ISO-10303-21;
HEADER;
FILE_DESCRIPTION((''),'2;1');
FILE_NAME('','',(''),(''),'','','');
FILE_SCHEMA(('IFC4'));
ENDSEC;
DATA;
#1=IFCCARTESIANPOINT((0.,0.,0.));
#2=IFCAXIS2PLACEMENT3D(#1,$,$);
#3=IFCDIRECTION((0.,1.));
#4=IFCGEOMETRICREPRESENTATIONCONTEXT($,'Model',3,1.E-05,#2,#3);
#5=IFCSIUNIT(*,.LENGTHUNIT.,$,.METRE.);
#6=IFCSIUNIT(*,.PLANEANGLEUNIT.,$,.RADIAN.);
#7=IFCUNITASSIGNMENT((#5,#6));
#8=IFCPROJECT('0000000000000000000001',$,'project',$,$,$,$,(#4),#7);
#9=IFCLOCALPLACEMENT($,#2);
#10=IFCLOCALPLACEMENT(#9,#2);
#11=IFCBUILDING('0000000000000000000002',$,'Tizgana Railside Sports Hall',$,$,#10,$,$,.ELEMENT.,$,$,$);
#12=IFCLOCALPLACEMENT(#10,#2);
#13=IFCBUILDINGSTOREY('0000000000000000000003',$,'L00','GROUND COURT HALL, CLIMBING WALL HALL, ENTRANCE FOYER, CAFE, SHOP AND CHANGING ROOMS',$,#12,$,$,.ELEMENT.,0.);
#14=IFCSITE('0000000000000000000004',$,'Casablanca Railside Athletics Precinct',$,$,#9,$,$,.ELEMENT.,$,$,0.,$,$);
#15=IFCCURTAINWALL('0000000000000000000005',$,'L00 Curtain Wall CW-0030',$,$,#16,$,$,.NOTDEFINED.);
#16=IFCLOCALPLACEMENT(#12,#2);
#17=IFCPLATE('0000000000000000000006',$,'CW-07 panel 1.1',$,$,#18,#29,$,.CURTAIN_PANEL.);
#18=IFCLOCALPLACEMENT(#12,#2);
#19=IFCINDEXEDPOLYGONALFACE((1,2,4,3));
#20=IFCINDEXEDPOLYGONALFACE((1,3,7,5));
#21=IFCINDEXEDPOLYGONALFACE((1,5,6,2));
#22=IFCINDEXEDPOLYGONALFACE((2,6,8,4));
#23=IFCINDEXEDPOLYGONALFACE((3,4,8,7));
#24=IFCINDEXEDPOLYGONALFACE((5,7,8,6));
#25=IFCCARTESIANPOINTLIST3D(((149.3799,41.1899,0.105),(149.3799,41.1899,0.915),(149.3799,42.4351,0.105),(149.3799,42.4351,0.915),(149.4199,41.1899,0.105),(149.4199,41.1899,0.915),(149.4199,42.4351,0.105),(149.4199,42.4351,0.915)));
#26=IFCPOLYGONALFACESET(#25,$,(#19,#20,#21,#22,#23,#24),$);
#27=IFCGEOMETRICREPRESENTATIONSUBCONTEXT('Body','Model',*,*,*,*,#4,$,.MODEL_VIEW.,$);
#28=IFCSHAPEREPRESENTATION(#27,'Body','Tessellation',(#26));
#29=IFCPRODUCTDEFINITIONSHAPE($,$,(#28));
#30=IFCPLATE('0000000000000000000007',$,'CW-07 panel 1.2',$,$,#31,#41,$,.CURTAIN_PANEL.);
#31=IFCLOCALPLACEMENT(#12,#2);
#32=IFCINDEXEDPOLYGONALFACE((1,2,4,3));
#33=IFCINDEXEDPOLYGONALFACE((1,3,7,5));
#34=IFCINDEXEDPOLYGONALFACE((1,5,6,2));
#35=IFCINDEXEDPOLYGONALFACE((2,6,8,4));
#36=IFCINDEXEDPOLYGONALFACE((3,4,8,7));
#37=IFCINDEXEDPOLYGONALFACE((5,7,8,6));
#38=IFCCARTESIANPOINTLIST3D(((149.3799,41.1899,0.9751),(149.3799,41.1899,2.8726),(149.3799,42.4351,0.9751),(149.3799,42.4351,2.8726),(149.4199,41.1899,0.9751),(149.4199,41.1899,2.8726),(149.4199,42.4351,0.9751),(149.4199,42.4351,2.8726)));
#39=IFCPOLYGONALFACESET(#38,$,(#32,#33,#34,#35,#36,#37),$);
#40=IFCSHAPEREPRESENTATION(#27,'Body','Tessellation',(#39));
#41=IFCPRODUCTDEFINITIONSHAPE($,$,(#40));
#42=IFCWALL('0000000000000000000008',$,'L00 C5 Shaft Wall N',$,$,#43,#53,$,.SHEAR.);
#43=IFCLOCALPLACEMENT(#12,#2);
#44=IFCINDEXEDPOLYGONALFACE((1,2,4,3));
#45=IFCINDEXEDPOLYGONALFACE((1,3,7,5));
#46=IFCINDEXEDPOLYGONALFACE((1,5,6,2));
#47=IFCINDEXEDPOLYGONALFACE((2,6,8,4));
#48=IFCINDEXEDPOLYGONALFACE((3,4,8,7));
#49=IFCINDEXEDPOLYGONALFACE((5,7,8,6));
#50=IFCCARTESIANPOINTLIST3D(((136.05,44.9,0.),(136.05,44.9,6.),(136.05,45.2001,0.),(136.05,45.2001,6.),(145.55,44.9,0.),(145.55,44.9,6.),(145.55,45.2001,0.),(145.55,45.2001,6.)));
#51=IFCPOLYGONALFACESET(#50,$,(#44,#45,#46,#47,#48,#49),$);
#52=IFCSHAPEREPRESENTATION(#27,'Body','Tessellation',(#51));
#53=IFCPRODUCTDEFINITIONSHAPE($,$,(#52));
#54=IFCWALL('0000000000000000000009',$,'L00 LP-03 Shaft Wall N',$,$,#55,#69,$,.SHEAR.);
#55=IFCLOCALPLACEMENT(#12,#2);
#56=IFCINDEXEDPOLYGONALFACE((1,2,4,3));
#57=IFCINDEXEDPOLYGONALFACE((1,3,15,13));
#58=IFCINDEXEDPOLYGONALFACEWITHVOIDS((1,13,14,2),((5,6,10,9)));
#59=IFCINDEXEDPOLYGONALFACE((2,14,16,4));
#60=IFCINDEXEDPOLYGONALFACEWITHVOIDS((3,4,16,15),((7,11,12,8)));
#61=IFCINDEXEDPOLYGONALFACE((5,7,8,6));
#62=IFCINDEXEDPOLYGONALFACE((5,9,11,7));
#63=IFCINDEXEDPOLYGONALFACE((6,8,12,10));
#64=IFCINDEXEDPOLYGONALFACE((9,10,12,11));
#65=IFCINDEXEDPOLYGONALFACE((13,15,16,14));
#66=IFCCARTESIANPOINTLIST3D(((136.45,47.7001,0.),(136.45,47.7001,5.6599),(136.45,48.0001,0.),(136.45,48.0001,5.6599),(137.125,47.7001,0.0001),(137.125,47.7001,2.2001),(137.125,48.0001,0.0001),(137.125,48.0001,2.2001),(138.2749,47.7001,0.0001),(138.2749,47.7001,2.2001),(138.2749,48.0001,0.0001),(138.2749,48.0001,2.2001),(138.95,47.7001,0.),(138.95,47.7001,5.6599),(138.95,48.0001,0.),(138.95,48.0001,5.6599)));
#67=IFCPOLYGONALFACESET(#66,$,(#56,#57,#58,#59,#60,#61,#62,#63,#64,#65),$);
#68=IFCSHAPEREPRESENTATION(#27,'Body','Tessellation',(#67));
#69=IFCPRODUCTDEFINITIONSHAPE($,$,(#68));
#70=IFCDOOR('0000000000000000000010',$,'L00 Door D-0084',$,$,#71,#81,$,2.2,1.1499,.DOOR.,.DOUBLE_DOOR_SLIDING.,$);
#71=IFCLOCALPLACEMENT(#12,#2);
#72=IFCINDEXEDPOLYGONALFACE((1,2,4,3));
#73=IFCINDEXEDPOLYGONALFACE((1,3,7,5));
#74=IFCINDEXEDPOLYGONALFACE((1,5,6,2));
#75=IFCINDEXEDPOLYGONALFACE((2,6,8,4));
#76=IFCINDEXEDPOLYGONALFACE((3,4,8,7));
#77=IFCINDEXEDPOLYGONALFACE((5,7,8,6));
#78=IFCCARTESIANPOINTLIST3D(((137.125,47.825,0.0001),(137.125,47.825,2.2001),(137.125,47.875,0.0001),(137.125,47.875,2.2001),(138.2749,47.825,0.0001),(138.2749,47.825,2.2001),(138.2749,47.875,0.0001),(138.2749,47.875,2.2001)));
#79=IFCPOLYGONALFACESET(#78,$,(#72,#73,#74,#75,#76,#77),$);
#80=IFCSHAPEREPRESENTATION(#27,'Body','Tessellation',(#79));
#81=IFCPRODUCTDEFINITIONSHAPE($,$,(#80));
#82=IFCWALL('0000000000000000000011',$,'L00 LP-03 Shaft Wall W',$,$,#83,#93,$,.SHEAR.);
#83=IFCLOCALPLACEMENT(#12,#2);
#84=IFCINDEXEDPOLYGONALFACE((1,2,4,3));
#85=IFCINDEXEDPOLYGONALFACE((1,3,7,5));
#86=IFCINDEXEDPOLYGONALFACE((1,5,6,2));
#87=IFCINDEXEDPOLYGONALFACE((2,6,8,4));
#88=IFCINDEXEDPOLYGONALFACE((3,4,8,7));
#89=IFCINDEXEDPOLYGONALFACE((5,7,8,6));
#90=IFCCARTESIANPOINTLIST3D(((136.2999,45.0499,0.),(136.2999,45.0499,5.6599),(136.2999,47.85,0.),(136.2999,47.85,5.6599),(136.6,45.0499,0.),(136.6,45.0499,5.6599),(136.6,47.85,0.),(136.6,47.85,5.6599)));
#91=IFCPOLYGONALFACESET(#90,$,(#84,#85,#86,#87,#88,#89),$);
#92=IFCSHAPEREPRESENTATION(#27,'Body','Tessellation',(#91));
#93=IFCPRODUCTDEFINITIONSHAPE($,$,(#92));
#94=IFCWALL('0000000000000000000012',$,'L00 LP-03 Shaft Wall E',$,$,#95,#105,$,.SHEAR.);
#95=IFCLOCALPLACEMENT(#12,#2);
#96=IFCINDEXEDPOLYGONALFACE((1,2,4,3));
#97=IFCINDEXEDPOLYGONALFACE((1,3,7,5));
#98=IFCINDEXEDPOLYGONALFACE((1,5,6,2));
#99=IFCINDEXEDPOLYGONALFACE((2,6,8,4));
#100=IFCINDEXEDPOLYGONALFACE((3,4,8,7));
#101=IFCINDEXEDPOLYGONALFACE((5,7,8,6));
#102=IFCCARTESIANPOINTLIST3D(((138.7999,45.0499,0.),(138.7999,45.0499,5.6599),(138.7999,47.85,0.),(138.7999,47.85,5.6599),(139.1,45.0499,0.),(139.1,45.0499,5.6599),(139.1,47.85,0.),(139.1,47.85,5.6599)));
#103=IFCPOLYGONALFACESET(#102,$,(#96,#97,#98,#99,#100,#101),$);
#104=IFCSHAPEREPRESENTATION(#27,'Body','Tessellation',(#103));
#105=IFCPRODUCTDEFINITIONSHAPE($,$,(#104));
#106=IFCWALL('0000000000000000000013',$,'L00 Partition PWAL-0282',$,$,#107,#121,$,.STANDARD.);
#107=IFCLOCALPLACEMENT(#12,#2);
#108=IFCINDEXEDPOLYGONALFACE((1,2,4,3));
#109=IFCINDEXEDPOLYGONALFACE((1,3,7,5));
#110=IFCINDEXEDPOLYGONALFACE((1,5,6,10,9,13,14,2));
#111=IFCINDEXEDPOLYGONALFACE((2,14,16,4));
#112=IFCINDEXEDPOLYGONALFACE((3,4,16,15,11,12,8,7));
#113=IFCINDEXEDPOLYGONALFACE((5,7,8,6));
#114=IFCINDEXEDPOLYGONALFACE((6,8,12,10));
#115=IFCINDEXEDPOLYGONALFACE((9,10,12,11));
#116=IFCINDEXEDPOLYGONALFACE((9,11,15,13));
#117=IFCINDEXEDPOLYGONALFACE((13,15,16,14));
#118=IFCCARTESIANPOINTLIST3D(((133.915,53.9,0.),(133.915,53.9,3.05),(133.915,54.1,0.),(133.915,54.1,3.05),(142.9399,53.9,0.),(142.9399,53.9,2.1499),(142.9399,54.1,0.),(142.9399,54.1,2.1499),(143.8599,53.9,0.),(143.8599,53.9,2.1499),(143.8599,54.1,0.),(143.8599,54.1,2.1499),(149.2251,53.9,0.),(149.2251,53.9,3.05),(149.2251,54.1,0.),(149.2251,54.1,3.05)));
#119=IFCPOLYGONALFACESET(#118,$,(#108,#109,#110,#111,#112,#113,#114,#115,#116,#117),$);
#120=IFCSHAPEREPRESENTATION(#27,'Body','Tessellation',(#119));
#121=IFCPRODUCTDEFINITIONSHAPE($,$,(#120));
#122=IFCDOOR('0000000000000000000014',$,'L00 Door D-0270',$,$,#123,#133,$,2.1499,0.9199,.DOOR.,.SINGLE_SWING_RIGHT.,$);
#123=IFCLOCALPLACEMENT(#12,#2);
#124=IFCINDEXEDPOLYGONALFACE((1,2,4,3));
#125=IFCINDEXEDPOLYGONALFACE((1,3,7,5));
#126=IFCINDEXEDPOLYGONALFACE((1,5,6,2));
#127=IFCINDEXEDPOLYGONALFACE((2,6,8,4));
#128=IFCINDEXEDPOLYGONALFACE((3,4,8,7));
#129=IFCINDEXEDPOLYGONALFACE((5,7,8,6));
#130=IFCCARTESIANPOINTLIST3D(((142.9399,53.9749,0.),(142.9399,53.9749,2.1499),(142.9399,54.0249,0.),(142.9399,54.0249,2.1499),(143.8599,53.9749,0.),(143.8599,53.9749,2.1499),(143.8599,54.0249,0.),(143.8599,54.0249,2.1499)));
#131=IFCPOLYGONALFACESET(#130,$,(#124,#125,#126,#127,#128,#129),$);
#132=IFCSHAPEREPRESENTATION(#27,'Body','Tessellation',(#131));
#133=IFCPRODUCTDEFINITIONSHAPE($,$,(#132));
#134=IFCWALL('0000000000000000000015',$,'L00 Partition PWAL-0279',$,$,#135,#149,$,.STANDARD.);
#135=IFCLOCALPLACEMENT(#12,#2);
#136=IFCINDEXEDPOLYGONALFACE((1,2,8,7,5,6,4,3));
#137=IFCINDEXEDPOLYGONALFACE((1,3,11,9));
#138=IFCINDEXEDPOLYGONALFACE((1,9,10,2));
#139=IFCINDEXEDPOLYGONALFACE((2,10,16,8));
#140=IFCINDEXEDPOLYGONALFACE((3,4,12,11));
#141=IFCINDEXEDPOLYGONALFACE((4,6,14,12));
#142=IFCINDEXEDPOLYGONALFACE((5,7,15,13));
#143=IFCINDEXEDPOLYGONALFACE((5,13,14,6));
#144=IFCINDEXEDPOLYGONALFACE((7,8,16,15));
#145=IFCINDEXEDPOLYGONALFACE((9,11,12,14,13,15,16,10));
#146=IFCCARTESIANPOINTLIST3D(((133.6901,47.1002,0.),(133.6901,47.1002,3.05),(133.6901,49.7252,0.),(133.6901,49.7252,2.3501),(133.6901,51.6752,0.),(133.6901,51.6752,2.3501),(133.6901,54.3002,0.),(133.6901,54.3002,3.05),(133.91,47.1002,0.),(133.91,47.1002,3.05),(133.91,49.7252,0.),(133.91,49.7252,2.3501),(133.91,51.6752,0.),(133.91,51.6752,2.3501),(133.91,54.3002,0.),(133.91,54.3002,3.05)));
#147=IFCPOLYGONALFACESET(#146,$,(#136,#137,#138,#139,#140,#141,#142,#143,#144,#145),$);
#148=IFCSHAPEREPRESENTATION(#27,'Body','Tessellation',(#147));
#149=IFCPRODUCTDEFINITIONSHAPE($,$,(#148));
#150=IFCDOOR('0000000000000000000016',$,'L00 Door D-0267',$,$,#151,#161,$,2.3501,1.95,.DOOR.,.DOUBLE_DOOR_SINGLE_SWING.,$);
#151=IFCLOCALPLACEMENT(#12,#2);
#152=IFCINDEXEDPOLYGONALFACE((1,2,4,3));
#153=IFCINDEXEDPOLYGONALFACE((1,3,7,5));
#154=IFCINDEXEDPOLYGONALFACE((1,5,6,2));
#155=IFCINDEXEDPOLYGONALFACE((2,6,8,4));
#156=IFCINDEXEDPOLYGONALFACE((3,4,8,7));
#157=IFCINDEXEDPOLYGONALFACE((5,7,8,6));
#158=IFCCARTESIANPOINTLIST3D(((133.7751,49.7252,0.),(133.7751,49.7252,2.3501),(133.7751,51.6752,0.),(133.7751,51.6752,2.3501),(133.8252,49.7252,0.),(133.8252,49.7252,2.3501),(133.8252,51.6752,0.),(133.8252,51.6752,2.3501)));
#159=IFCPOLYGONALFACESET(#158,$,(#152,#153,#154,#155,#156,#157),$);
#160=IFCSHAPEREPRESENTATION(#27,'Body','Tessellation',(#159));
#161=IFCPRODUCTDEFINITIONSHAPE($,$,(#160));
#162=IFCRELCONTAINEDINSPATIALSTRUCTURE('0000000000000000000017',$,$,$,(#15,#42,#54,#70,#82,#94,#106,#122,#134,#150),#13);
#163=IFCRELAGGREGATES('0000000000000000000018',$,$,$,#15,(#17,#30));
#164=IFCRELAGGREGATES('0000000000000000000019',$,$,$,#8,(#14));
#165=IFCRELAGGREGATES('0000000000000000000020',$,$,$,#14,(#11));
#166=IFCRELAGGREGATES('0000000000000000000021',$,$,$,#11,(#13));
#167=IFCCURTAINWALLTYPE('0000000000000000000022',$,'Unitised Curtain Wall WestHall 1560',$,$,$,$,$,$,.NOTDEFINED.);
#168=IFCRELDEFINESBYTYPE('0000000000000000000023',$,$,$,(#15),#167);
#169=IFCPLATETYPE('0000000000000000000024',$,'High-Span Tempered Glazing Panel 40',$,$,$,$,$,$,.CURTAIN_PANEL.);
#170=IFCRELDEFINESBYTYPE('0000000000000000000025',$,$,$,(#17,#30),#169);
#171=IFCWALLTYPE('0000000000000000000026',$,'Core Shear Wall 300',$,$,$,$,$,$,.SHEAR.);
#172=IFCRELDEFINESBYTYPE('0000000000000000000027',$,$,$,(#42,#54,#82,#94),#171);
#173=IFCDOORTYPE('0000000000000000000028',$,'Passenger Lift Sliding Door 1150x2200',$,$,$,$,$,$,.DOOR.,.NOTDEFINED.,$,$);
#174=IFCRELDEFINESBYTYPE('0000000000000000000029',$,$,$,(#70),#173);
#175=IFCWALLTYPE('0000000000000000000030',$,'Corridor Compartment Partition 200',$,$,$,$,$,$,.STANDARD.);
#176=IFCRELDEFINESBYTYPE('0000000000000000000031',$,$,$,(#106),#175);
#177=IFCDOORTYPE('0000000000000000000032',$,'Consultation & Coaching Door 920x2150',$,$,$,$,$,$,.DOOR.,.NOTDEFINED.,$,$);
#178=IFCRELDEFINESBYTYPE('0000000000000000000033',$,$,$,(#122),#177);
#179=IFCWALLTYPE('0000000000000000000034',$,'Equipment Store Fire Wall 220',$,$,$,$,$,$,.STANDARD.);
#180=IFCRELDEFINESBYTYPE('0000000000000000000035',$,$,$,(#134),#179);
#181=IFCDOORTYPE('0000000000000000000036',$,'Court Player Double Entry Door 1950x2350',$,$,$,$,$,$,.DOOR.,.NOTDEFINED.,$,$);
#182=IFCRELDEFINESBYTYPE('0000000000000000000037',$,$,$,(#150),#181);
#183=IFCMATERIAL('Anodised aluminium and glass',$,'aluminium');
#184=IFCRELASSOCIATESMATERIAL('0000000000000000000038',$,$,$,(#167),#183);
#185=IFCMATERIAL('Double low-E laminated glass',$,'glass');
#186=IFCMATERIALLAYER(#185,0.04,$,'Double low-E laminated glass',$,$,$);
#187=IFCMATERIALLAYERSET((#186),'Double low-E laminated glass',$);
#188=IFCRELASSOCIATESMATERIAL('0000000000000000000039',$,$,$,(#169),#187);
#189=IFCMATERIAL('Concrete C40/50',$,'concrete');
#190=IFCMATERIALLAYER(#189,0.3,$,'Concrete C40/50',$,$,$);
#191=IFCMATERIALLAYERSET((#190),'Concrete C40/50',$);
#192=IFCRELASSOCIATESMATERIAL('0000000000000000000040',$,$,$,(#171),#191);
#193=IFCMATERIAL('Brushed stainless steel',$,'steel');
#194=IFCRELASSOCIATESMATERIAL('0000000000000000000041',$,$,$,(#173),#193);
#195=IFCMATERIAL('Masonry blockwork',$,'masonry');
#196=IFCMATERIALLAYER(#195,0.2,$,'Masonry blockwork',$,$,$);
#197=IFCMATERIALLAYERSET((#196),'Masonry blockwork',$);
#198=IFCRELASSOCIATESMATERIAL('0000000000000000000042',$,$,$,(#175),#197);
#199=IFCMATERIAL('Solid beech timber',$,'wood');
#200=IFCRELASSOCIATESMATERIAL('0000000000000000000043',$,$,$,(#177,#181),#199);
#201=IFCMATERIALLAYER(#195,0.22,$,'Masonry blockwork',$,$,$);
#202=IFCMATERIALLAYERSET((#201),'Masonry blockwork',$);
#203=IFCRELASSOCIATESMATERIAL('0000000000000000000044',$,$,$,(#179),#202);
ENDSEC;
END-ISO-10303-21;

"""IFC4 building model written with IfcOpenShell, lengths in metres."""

from ifc_helpers import new_model, si_unit, direction, frame, frame_2d, origin, origin_2d, place, context, subcontext, project, spatial, rectangle, extrude, material, layer, layer_set, type_object, element, fill, aggregate, save


model = new_model("IFC4")

# Units and contexts
model_context = context("Model", 3, precision=1e-05, world=origin(), true_north=direction((0.0, 1.0)))
body_context = subcontext(model_context, "Body", "Model", "MODEL_VIEW")
ifc_project = project(units=[si_unit("LENGTHUNIT", "METRE"), si_unit("PLANEANGLEUNIT", "RADIAN")], contexts=[model_context])

# Site, building, storey
site_placement = place(None, origin())
site = spatial("IfcSite", under=ifc_project, at=site_placement, Name="Casablanca Railside Athletics Precinct", CompositionType="ELEMENT", RefElevation=0.0)
building_placement = place(site_placement, origin())
building = spatial("IfcBuilding", under=site, at=building_placement, Name="Tizgana Railside Sports Hall", CompositionType="ELEMENT")
storey_placement = place(building_placement, origin())
storey = spatial("IfcBuildingStorey", under=building, at=storey_placement, Name="L00", Description="GROUND COURT HALL, CLIMBING WALL HALL, ENTRANCE FOYER, CAFE, SHOP AND CHANGING ROOMS", CompositionType="ELEMENT", Elevation=0.0)

# Curtain wall, plates
ifc_material_1 = material(Name="Anodised aluminium and glass", Category="aluminium")
curtain_wall_type = type_object("IfcCurtainWallType", Name="Unitised Curtain Wall WestHall 1560", PredefinedType="NOTDEFINED", material=ifc_material_1)
curtain_wall_placement = place(storey_placement, origin())
curtain_wall = element("IfcCurtainWall", 1, at=curtain_wall_placement, inside=storey, type_object=curtain_wall_type, Name="L00 Curtain Wall CW-0030", PredefinedType="NOTDEFINED")
ifc_material_2 = material(Name="Double low-E laminated glass", Category="glass")
ifc_layer_1 = layer(ifc_material_2, 0.04, Name="Double low-E laminated glass")
ifc_layer_set_1 = layer_set([ifc_layer_1], Name="Double low-E laminated glass")
plate_type = type_object("IfcPlateType", Name="High-Span Tempered Glazing Panel 40", PredefinedType="CURTAIN_PANEL", material=ifc_layer_set_1)
plate_1_placement = place(storey_placement, frame((149.3999, 41.8125, 0.105), z_axis=(0.0, 0.0, 1.0), x_axis=(0.0, 1.0, 0.0)))
plate_1 = element("IfcPlate", 2, at=plate_1_placement, type_object=plate_type, Name="CW-07 panel 1.1", PredefinedType="CURTAIN_PANEL", context=body_context, shape_type="SweptSolid", body=[
    extrude(rectangle(XDim=1.2451, YDim=0.04, at=origin_2d()), origin(), (0.0, 0.0, 1.0), 0.8101),
])
plate_2_placement = place(storey_placement, frame((149.3999, 41.8125, 0.9751), z_axis=(0.0, 0.0, 1.0), x_axis=(0.0, 1.0, 0.0)))
plate_2 = element("IfcPlate", 3, at=plate_2_placement, type_object=plate_type, Name="CW-07 panel 1.2", PredefinedType="CURTAIN_PANEL", context=body_context, shape_type="SweptSolid", body=[
    extrude(rectangle(XDim=1.2451, YDim=0.04, at=origin_2d()), origin(), (0.0, 0.0, 1.0), 1.8975),
])
aggregate(curtain_wall, [plate_1, plate_2])

# Wall
ifc_material_3 = material(Name="Concrete C40/50", Category="concrete")
ifc_layer_2 = layer(ifc_material_3, 0.3, Name="Concrete C40/50")
ifc_layer_set_2 = layer_set([ifc_layer_2], Name="Concrete C40/50")
wall_type_1 = type_object("IfcWallType", Name="Core Shear Wall 300", PredefinedType="SHEAR", material=ifc_layer_set_2)
wall_1_placement = place(storey_placement, frame((136.05, 45.05, 0.0), z_axis=(0.0, 0.0, 1.0), x_axis=(1.0, 0.0, 0.0)))
element("IfcWall", 4, at=wall_1_placement, inside=storey, type_object=wall_type_1, Name="L00 C5 Shaft Wall N", PredefinedType="SHEAR", context=body_context, shape_type="SweptSolid", body=[
    extrude(rectangle(XDim=9.5, YDim=0.3, at=frame_2d((4.75, 0.0))), origin(), (0.0, 0.0, 1.0), 6.0),
])

# Wall, opening, door
wall_2_placement = place(storey_placement, frame((136.45, 47.8501, 0.0), z_axis=(0.0, 0.0, 1.0), x_axis=(1.0, 0.0, 0.0)))
wall_2 = element("IfcWall", 5, at=wall_2_placement, inside=storey, type_object=wall_type_1, Name="L00 LP-03 Shaft Wall N", PredefinedType="SHEAR", context=body_context, shape_type="SweptSolid", body=[
    extrude(rectangle(XDim=2.5, YDim=0.3, at=frame_2d((1.25, 0.0))), origin(), (0.0, 0.0, 1.0), 5.6599),
])
opening_1_placement = place(wall_2_placement, frame((0.675, 0.0, 0.0)))
opening_1 = element("IfcOpeningElement", 6, at=opening_1_placement, cuts=wall_2, PredefinedType="OPENING", context=body_context, shape_type="SweptSolid", body=[
    extrude(rectangle(XDim=1.1499, YDim=2.2, at=frame_2d((0.575, 1.1001))), frame((0.0, 0.1599, 0.0), z_axis=(0.0, -1.0, 0.0), x_axis=(1.0, 0.0, 0.0)), (0.0, 0.0, 1.0), 0.3201),
])
ifc_material_4 = material(Name="Brushed stainless steel", Category="steel")
door_type_1 = type_object("IfcDoorType", Name="Passenger Lift Sliding Door 1150x2200", OperationType="NOTDEFINED", PredefinedType="DOOR", material=ifc_material_4)
door_1_placement = place(opening_1_placement, origin())
door_1 = element("IfcDoor", 7, at=door_1_placement, inside=storey, type_object=door_type_1, Name="L00 Door D-0084", OperationType="DOUBLE_DOOR_SLIDING", OverallHeight=2.2, OverallWidth=1.1499, PredefinedType="DOOR", context=body_context, shape_type="SweptSolid", body=[
    extrude(rectangle(XDim=1.1499, YDim=2.2, at=frame_2d((0.575, 1.1001))), frame((0.0, 0.0249, 0.0), z_axis=(0.0, -1.0, 0.0), x_axis=(1.0, 0.0, 0.0)), (0.0, 0.0, 1.0), 0.05),
])
fill(opening_1, door_1)

# Walls
for number, where, z_axis, x_axis, name in (
    (8, (136.45, 45.05, 0.0), (0.0, 0.0, 1.0), (0.0, 1.0, 0.0), "L00 LP-03 Shaft Wall W"),
    (9, (138.95, 45.05, 0.0), (0.0, 0.0, 1.0), (0.0, 1.0, 0.0), "L00 LP-03 Shaft Wall E"),
):
    element("IfcWall", number, at=place(storey_placement, frame(where, z_axis=z_axis, x_axis=x_axis)), inside=storey, type_object=wall_type_1, Name=name, PredefinedType="SHEAR", context=body_context, shape_type="SweptSolid", body=[
        extrude(rectangle(XDim=2.8, YDim=0.3, at=frame_2d((1.3999, 0.0))), origin(), (0.0, 0.0, 1.0), 5.6599),
    ])

# Walls, openings, doors
ifc_material_5 = material(Name="Masonry blockwork", Category="masonry")
ifc_layer_3 = layer(ifc_material_5, 0.2, Name="Masonry blockwork")
ifc_layer_set_3 = layer_set([ifc_layer_3], Name="Masonry blockwork")
wall_type_2 = type_object("IfcWallType", Name="Corridor Compartment Partition 200", PredefinedType="STANDARD", material=ifc_layer_set_3)
wall_3_placement = place(storey_placement, frame((133.915, 54.0, 0.0), z_axis=(0.0, 0.0, 1.0), x_axis=(1.0, 0.0, 0.0)))
wall_3 = element("IfcWall", 10, at=wall_3_placement, inside=storey, type_object=wall_type_2, Name="L00 Partition PWAL-0282", PredefinedType="STANDARD", context=body_context, shape_type="SweptSolid", body=[
    extrude(rectangle(XDim=15.3101, YDim=0.2, at=frame_2d((7.655, 0.0))), origin(), (0.0, 0.0, 1.0), 3.05),
])
opening_2_placement = place(wall_3_placement, frame((9.0249, 0.0, 0.0)))
opening_2 = element("IfcOpeningElement", 11, at=opening_2_placement, cuts=wall_3, PredefinedType="OPENING", context=body_context, shape_type="SweptSolid", body=[
    extrude(rectangle(XDim=0.9199, YDim=2.1499, at=frame_2d((0.46, 1.075))), frame((0.0, 0.1099, 0.0), z_axis=(0.0, -1.0, 0.0), x_axis=(1.0, 0.0, 0.0)), (0.0, 0.0, 1.0), 0.22),
])
ifc_material_6 = material(Name="Solid beech timber", Category="wood")
door_type_2 = type_object("IfcDoorType", Name="Consultation & Coaching Door 920x2150", OperationType="NOTDEFINED", PredefinedType="DOOR", material=ifc_material_6)
door_2_placement = place(opening_2_placement, origin())
door_2 = element("IfcDoor", 12, at=door_2_placement, inside=storey, type_object=door_type_2, Name="L00 Door D-0270", OperationType="SINGLE_SWING_RIGHT", OverallHeight=2.1499, OverallWidth=0.9199, PredefinedType="DOOR", context=body_context, shape_type="SweptSolid", body=[
    extrude(rectangle(XDim=0.9199, YDim=2.1499, at=frame_2d((0.46, 1.075))), frame((0.0, 0.0249, 0.0), z_axis=(0.0, -1.0, 0.0), x_axis=(1.0, 0.0, 0.0)), (0.0, 0.0, 1.0), 0.05),
])
fill(opening_2, door_2)
ifc_layer_4 = layer(ifc_material_5, 0.22, Name="Masonry blockwork")
ifc_layer_set_4 = layer_set([ifc_layer_4], Name="Masonry blockwork")
wall_type_3 = type_object("IfcWallType", Name="Equipment Store Fire Wall 220", PredefinedType="STANDARD", material=ifc_layer_set_4)
wall_4_placement = place(storey_placement, frame((133.8, 47.1001, 0.0), z_axis=(0.0, 0.0, 1.0), x_axis=(0.0, 1.0, 0.0)))
wall_4 = element("IfcWall", 13, at=wall_4_placement, inside=storey, type_object=wall_type_3, Name="L00 Partition PWAL-0279", PredefinedType="STANDARD", context=body_context, shape_type="SweptSolid", body=[
    extrude(rectangle(XDim=7.2, YDim=0.22, at=frame_2d((3.6001, 0.0))), origin(), (0.0, 0.0, 1.0), 3.05),
])
opening_3_placement = place(wall_4_placement, frame((2.625, 0.0, 0.0)))
opening_3 = element("IfcOpeningElement", 14, at=opening_3_placement, cuts=wall_4, PredefinedType="OPENING", context=body_context, shape_type="SweptSolid", body=[
    extrude(rectangle(XDim=1.95, YDim=2.3501, at=frame_2d((0.9751, 1.175))), frame((0.0, 0.1199, 0.0), z_axis=(0.0, -1.0, 0.0), x_axis=(1.0, 0.0, 0.0)), (0.0, 0.0, 1.0), 0.24),
])
door_type_3 = type_object("IfcDoorType", Name="Court Player Double Entry Door 1950x2350", OperationType="NOTDEFINED", PredefinedType="DOOR", material=ifc_material_6)
door_3_placement = place(opening_3_placement, origin())
door_3 = element("IfcDoor", 15, at=door_3_placement, inside=storey, type_object=door_type_3, Name="L00 Door D-0267", OperationType="DOUBLE_DOOR_SINGLE_SWING", OverallHeight=2.3501, OverallWidth=1.95, PredefinedType="DOOR", context=body_context, shape_type="SweptSolid", body=[
    extrude(rectangle(XDim=1.95, YDim=2.3501, at=frame_2d((0.9751, 1.175))), frame((0.0, 0.0249, 0.0), z_axis=(0.0, -1.0, 0.0), x_axis=(1.0, 0.0, 0.0)), (0.0, 0.0, 1.0), 0.05),
])
fill(opening_3, door_3)

save(model, "model.ifc")
